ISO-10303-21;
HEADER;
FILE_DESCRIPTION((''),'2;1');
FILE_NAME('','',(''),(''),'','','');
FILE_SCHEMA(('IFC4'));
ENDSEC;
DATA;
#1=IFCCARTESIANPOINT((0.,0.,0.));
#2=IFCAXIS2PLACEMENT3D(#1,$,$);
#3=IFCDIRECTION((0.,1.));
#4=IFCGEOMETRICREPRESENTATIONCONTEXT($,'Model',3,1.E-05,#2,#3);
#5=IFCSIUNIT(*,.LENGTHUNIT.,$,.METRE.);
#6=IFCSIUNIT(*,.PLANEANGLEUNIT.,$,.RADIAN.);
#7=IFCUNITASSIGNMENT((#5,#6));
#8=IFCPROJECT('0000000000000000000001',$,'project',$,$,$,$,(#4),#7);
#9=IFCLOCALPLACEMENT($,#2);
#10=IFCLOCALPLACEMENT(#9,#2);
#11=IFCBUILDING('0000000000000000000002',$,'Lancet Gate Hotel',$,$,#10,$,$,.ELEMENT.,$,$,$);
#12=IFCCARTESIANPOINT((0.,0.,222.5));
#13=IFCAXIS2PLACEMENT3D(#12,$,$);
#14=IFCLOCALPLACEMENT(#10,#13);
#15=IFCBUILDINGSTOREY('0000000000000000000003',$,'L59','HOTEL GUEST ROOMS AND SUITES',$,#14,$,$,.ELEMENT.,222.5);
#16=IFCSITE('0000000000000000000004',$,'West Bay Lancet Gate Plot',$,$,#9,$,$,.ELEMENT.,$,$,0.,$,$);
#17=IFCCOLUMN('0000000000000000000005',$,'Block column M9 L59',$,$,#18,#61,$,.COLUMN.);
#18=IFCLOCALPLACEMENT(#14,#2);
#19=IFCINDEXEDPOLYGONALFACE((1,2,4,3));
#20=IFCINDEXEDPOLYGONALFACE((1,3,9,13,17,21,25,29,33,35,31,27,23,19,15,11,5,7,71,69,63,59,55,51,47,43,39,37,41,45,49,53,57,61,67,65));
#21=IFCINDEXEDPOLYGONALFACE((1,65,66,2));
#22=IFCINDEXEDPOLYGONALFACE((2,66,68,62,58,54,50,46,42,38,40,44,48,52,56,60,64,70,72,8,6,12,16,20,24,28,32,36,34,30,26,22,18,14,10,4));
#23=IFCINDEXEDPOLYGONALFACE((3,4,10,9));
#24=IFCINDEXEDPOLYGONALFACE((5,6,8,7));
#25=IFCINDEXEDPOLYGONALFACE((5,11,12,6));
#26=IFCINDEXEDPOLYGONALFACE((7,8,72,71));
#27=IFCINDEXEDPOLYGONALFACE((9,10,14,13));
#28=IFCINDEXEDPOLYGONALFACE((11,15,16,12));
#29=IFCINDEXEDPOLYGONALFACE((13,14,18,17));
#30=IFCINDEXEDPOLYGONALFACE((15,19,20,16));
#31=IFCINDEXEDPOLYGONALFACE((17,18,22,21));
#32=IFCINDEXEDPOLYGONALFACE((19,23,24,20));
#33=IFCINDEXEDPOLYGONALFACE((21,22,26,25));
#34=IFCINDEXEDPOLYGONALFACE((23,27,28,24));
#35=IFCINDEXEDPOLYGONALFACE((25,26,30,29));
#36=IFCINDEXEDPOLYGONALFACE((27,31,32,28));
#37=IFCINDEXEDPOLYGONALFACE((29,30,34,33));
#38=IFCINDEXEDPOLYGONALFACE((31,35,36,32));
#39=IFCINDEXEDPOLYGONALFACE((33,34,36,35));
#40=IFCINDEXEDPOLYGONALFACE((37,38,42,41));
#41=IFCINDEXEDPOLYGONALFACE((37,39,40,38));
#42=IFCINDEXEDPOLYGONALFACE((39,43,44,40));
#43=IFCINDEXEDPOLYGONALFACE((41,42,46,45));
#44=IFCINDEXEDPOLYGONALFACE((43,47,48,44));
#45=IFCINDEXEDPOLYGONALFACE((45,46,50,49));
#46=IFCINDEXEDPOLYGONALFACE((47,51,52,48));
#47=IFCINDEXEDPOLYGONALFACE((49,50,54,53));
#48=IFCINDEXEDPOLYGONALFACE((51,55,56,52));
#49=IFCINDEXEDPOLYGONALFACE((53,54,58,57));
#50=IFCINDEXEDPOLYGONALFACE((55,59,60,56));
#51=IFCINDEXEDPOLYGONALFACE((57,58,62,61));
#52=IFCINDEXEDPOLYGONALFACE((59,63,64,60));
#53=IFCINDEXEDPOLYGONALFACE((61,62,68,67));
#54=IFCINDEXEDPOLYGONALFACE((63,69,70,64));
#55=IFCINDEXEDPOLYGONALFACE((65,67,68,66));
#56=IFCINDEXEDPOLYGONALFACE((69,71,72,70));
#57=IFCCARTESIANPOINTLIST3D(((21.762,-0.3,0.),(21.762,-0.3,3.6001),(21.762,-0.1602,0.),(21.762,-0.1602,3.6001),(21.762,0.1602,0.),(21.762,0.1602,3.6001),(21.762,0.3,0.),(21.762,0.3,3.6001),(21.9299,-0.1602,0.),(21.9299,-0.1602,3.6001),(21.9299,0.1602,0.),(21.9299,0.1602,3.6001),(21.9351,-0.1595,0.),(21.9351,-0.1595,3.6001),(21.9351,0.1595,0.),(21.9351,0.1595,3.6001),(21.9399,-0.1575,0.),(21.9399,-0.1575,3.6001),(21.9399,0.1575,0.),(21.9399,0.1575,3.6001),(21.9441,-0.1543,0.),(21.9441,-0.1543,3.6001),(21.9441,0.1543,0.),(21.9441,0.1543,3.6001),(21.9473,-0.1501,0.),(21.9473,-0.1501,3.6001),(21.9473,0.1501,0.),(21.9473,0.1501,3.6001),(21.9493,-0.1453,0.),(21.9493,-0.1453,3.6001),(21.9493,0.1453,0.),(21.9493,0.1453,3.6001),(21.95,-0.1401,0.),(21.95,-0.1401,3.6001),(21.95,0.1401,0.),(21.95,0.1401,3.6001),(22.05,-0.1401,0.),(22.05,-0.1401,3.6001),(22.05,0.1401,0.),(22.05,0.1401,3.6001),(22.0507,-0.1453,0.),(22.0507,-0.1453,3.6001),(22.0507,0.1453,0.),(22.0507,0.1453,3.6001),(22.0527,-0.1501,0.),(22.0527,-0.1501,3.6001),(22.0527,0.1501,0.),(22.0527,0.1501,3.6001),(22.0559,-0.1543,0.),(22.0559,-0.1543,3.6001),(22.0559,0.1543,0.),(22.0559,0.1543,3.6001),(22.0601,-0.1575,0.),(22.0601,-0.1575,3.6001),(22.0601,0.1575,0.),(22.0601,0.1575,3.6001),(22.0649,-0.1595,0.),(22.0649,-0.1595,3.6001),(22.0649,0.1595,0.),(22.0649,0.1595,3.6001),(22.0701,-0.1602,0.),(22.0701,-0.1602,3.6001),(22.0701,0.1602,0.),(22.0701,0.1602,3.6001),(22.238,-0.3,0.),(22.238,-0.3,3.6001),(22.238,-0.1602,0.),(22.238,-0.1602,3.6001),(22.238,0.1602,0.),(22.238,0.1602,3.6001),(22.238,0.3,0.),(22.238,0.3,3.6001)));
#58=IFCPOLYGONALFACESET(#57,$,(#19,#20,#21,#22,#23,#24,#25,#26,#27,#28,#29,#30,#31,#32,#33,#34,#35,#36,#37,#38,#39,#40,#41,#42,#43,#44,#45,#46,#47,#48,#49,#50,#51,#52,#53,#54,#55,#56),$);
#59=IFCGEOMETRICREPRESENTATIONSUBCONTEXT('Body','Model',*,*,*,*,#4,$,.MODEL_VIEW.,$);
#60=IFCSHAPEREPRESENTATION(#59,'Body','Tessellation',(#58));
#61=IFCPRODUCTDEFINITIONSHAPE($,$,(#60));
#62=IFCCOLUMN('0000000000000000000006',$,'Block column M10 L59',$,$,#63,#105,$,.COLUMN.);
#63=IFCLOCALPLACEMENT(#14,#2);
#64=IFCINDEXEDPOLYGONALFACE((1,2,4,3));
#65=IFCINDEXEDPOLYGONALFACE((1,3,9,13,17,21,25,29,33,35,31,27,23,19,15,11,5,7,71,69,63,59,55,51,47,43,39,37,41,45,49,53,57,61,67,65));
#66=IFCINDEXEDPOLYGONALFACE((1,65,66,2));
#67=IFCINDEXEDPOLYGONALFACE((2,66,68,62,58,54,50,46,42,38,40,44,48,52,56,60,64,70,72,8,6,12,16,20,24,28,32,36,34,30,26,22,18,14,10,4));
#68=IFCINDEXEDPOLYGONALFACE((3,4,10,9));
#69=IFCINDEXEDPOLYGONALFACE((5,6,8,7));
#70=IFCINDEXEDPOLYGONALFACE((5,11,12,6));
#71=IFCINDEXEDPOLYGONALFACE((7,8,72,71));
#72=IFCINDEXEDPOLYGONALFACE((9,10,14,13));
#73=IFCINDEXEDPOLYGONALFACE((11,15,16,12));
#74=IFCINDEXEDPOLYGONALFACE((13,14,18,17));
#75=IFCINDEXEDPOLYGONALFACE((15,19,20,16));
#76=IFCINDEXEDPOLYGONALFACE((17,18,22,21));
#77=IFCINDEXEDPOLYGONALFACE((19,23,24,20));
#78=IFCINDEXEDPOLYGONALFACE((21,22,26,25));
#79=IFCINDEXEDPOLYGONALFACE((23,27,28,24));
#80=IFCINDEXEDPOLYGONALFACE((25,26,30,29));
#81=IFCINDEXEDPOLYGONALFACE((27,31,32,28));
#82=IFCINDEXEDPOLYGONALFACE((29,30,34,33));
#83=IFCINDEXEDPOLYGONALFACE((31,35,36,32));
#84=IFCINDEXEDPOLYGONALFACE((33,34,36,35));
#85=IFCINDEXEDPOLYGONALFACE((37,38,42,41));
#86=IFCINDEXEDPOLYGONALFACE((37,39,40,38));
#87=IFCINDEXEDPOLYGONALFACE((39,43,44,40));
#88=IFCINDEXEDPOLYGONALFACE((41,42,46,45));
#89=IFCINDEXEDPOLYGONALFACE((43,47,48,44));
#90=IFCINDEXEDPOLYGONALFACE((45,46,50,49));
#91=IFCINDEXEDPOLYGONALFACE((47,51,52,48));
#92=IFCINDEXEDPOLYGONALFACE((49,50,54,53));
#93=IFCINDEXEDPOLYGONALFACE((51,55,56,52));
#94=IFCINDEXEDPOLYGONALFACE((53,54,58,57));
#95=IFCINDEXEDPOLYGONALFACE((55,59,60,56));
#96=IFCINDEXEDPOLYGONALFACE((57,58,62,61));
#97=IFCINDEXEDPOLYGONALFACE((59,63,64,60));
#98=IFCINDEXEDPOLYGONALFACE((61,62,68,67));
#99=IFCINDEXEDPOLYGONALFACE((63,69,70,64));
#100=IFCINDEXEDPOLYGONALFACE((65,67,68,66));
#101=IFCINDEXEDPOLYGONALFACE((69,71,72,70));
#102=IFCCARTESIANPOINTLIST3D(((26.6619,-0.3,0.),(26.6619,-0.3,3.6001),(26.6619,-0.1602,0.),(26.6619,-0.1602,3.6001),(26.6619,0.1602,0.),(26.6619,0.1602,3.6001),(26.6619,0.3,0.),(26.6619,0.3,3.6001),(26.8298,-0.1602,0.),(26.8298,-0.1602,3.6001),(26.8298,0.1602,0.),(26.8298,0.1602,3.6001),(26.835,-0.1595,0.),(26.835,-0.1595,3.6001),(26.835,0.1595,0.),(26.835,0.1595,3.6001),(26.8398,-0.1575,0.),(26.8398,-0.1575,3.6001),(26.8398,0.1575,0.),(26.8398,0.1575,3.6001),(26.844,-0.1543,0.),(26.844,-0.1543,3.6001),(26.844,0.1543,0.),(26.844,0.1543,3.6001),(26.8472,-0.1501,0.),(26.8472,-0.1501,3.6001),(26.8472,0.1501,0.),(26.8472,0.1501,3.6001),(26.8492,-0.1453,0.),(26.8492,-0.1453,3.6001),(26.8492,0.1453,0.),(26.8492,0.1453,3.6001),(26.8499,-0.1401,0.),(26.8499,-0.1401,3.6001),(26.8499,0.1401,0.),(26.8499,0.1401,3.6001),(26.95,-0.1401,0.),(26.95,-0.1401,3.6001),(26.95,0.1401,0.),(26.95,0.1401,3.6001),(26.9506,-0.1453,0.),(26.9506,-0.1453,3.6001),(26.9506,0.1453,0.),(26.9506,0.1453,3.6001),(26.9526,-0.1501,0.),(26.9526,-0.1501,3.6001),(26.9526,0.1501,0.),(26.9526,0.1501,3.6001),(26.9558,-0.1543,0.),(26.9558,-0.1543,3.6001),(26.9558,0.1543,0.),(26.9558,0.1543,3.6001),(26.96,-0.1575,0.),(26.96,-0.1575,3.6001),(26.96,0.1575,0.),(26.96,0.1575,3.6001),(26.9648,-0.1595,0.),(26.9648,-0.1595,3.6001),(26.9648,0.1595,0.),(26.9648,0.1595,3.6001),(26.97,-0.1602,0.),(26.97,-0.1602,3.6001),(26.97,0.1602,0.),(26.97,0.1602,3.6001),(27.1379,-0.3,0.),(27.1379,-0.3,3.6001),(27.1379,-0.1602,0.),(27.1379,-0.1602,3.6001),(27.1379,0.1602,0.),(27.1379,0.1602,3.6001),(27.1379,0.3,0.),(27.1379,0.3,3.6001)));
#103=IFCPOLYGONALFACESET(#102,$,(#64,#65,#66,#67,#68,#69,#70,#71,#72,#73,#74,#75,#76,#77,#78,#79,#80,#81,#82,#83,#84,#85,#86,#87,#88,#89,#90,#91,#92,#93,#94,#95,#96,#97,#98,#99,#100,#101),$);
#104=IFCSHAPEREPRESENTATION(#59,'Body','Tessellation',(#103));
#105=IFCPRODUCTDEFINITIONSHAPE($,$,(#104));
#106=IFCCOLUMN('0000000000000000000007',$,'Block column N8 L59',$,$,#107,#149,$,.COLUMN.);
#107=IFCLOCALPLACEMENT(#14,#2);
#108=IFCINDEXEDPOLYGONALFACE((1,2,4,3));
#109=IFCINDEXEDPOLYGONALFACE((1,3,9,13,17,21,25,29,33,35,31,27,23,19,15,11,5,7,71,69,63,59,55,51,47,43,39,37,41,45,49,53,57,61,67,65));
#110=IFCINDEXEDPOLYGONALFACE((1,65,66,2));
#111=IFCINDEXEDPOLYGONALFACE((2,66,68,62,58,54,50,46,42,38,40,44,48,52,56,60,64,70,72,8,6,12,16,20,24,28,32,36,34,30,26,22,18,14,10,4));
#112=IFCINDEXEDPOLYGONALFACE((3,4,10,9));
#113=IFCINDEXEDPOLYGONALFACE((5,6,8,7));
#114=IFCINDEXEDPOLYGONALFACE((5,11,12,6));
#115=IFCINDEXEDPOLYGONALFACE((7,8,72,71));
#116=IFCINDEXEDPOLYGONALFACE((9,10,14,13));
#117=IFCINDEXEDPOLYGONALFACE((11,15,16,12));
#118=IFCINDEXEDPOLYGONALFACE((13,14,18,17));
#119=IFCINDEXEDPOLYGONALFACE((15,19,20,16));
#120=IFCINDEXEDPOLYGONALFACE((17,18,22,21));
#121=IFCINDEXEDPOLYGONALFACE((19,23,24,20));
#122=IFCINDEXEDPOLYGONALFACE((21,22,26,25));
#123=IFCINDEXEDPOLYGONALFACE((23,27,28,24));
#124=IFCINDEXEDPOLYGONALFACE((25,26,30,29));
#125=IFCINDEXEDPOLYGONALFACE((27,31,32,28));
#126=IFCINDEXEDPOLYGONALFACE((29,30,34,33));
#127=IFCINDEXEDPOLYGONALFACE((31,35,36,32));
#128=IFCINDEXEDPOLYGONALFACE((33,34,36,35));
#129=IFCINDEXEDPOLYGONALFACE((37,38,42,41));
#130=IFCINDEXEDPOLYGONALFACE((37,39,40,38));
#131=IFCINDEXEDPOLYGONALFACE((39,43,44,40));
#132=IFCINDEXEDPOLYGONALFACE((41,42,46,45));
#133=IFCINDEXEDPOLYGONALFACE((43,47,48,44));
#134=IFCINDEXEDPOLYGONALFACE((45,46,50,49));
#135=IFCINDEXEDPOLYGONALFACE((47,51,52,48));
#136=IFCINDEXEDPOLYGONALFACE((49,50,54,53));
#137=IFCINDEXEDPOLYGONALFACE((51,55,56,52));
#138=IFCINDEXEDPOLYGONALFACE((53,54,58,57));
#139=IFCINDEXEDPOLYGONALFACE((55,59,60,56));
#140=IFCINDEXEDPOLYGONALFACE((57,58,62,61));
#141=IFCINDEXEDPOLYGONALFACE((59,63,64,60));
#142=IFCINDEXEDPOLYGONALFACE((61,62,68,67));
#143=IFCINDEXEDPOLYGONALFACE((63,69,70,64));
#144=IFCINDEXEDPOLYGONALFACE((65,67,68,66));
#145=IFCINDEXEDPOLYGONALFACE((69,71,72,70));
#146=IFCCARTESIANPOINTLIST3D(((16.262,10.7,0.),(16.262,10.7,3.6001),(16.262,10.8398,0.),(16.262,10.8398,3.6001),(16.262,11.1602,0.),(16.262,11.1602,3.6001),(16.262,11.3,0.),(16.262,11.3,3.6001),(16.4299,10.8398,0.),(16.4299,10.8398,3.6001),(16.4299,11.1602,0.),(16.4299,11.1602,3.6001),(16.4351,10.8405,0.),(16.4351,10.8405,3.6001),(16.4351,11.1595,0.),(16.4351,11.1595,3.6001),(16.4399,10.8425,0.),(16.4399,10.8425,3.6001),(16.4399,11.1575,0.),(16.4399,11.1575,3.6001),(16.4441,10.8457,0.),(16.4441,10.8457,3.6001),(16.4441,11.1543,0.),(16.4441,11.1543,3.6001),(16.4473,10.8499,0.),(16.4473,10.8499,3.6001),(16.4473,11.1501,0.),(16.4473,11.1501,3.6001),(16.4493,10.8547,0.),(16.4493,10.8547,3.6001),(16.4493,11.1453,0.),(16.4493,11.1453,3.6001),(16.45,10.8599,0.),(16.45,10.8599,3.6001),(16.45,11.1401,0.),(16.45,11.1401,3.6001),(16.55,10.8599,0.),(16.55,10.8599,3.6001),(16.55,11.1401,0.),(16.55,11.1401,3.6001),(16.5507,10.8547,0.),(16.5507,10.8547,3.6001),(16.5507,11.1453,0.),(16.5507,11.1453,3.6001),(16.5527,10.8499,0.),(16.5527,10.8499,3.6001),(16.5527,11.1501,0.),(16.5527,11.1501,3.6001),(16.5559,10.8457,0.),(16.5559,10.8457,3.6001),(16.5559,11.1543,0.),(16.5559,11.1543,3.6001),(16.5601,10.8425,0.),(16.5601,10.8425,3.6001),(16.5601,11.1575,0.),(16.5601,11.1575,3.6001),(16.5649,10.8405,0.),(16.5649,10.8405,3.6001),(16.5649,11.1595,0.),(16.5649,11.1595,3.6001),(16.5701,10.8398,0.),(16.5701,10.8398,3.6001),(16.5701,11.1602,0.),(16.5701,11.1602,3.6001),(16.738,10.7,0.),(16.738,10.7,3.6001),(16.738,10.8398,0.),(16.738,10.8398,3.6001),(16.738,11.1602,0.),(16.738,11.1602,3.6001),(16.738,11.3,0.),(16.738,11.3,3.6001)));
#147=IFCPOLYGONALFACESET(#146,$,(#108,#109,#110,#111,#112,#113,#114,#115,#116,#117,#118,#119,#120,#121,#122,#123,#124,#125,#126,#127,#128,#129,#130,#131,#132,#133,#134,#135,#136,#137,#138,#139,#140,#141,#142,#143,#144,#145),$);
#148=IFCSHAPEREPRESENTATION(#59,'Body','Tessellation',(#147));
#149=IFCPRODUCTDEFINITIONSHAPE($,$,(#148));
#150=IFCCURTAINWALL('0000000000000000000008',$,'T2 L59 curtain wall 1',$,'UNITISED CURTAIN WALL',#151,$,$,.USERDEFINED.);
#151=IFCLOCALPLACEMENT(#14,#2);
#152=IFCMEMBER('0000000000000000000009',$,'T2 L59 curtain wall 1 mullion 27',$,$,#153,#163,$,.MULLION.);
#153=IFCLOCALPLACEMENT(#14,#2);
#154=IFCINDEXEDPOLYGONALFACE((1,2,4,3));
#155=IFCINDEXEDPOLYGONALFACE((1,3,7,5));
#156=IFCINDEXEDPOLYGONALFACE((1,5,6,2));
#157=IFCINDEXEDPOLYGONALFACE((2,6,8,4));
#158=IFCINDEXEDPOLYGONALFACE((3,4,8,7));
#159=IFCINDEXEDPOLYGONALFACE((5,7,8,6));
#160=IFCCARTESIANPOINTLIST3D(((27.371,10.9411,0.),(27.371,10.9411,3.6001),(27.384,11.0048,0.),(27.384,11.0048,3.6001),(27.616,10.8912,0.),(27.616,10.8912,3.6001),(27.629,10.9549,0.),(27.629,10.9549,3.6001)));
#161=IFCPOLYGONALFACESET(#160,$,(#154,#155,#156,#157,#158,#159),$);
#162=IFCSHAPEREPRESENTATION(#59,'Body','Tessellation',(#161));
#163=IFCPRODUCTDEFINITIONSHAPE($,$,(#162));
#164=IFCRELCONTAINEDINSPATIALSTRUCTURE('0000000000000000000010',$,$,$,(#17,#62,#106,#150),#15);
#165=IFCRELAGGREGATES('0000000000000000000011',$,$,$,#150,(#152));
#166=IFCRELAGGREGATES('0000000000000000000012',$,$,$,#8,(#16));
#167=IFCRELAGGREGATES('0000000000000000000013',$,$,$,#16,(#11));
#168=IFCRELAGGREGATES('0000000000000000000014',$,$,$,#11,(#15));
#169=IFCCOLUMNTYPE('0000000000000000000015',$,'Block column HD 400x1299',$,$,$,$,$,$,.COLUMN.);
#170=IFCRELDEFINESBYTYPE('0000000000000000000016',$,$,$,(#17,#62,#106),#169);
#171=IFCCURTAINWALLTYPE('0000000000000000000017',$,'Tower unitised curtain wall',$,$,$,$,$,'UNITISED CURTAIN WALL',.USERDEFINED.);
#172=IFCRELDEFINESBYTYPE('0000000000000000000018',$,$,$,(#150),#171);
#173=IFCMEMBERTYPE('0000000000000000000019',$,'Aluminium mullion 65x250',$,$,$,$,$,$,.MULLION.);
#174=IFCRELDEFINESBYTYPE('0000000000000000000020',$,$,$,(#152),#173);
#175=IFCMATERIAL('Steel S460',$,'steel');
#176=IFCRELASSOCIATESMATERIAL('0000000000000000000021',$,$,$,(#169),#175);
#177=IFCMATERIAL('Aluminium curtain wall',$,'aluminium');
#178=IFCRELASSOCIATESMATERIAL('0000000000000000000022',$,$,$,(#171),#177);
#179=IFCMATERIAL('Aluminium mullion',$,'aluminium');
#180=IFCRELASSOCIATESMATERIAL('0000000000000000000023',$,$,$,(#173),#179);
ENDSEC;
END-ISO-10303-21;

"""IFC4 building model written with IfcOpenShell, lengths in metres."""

from ifc_helpers import new_model, si_unit, direction, frame, origin, origin_2d, place, context, subcontext, project, spatial, rectangle, i_section, extrude, material, material_profile, profile_set, type_object, element, aggregate, save


model = new_model("IFC4")

# Units and contexts
model_context = context("Model", 3, precision=1e-05, world=origin(), true_north=direction((0.0, 1.0)))
body_context = subcontext(model_context, "Body", "Model", "MODEL_VIEW")
ifc_project = project(units=[si_unit("LENGTHUNIT", "METRE"), si_unit("PLANEANGLEUNIT", "RADIAN")], contexts=[model_context])

# Site, building, storey
site_placement = place(None, origin())
site = spatial("IfcSite", under=ifc_project, at=site_placement, Name="West Bay Lancet Gate Plot", CompositionType="ELEMENT", RefElevation=0.0)
building_placement = place(site_placement, origin())
building = spatial("IfcBuilding", under=site, at=building_placement, Name="Lancet Gate Hotel", CompositionType="ELEMENT")
storey_placement = place(building_placement, frame((0.0, 0.0, 222.5)))
storey = spatial("IfcBuildingStorey", under=building, at=storey_placement, Name="L59", Description="HOTEL GUEST ROOMS AND SUITES", CompositionType="ELEMENT", Elevation=222.5)

# Columns
ifc_material_1 = material(Name="Steel S460", Category="steel")
ifc_material_profile_1 = material_profile(ifc_material_1, i_section(OverallWidth=0.4761, OverallDepth=0.6001, WebThickness=0.1001, FlangeThickness=0.1399, FilletRadius=0.02, at=origin_2d()), Name="HD 400x1299")
ifc_profile_set_1 = profile_set([ifc_material_profile_1], Name="Steel S460")
column_type = type_object("IfcColumnType", Name="Block column HD 400x1299", PredefinedType="COLUMN", material=ifc_profile_set_1)
for number, where, z_axis, x_axis, name in (
    (1, (22.0, 0.0, 0.0), (0.0, 0.0, 1.0), (1.0, 0.0, 0.0), "Block column M9 L59"),
    (2, (26.8999, 0.0, 0.0), (0.0, 0.0, 1.0), (1.0, 0.0, 0.0), "Block column M10 L59"),
    (3, (16.5, 11.0, 0.0), (0.0, 0.0, 1.0), (1.0, 0.0, 0.0), "Block column N8 L59"),
):
    element("IfcColumn", number, at=place(storey_placement, frame(where, z_axis=z_axis, x_axis=x_axis)), inside=storey, type_object=column_type, Name=name, PredefinedType="COLUMN", context=body_context, shape_type="SweptSolid", body=[
        extrude(i_section(OverallWidth=0.4761, OverallDepth=0.6001, WebThickness=0.1001, FlangeThickness=0.1399, FilletRadius=0.02, at=origin_2d()), origin(), (0.0, 0.0, 1.0), 3.6001),
    ])

# Curtain wall, member
ifc_material_2 = material(Name="Aluminium curtain wall", Category="aluminium")
curtain_wall_type = type_object("IfcCurtainWallType", Name="Tower unitised curtain wall", ElementType="UNITISED CURTAIN WALL", PredefinedType="USERDEFINED", material=ifc_material_2)
curtain_wall_placement = place(storey_placement, origin())
curtain_wall = element("IfcCurtainWall", 4, at=curtain_wall_placement, inside=storey, type_object=curtain_wall_type, Name="T2 L59 curtain wall 1", ObjectType="UNITISED CURTAIN WALL", PredefinedType="USERDEFINED")
ifc_material_3 = material(Name="Aluminium mullion", Category="aluminium")
ifc_material_profile_2 = material_profile(ifc_material_3, rectangle(XDim=0.0649, YDim=0.25, at=origin_2d()), Name="MULLION 65x250")
ifc_profile_set_2 = profile_set([ifc_material_profile_2], Name="Aluminium mullion")
member_type_1 = type_object("IfcMemberType", Name="Aluminium mullion 65x250", PredefinedType="MULLION", material=ifc_profile_set_2)
member_1_placement = place(storey_placement, frame((27.5, 10.948, 0.0), z_axis=(0.0, 0.0, 1.0), x_axis=(-0.199533, -0.979891, 0.0)))
member_1 = element("IfcMember", 5, at=member_1_placement, type_object=member_type_1, Name="T2 L59 curtain wall 1 mullion 27", PredefinedType="MULLION", context=body_context, shape_type="SweptSolid", body=[
    extrude(rectangle(XDim=0.0649, YDim=0.25, at=origin_2d()), origin(), (0.0, 0.0, 1.0), 3.6001),
])
aggregate(curtain_wall, [member_1])

save(model, "model.ifc")
